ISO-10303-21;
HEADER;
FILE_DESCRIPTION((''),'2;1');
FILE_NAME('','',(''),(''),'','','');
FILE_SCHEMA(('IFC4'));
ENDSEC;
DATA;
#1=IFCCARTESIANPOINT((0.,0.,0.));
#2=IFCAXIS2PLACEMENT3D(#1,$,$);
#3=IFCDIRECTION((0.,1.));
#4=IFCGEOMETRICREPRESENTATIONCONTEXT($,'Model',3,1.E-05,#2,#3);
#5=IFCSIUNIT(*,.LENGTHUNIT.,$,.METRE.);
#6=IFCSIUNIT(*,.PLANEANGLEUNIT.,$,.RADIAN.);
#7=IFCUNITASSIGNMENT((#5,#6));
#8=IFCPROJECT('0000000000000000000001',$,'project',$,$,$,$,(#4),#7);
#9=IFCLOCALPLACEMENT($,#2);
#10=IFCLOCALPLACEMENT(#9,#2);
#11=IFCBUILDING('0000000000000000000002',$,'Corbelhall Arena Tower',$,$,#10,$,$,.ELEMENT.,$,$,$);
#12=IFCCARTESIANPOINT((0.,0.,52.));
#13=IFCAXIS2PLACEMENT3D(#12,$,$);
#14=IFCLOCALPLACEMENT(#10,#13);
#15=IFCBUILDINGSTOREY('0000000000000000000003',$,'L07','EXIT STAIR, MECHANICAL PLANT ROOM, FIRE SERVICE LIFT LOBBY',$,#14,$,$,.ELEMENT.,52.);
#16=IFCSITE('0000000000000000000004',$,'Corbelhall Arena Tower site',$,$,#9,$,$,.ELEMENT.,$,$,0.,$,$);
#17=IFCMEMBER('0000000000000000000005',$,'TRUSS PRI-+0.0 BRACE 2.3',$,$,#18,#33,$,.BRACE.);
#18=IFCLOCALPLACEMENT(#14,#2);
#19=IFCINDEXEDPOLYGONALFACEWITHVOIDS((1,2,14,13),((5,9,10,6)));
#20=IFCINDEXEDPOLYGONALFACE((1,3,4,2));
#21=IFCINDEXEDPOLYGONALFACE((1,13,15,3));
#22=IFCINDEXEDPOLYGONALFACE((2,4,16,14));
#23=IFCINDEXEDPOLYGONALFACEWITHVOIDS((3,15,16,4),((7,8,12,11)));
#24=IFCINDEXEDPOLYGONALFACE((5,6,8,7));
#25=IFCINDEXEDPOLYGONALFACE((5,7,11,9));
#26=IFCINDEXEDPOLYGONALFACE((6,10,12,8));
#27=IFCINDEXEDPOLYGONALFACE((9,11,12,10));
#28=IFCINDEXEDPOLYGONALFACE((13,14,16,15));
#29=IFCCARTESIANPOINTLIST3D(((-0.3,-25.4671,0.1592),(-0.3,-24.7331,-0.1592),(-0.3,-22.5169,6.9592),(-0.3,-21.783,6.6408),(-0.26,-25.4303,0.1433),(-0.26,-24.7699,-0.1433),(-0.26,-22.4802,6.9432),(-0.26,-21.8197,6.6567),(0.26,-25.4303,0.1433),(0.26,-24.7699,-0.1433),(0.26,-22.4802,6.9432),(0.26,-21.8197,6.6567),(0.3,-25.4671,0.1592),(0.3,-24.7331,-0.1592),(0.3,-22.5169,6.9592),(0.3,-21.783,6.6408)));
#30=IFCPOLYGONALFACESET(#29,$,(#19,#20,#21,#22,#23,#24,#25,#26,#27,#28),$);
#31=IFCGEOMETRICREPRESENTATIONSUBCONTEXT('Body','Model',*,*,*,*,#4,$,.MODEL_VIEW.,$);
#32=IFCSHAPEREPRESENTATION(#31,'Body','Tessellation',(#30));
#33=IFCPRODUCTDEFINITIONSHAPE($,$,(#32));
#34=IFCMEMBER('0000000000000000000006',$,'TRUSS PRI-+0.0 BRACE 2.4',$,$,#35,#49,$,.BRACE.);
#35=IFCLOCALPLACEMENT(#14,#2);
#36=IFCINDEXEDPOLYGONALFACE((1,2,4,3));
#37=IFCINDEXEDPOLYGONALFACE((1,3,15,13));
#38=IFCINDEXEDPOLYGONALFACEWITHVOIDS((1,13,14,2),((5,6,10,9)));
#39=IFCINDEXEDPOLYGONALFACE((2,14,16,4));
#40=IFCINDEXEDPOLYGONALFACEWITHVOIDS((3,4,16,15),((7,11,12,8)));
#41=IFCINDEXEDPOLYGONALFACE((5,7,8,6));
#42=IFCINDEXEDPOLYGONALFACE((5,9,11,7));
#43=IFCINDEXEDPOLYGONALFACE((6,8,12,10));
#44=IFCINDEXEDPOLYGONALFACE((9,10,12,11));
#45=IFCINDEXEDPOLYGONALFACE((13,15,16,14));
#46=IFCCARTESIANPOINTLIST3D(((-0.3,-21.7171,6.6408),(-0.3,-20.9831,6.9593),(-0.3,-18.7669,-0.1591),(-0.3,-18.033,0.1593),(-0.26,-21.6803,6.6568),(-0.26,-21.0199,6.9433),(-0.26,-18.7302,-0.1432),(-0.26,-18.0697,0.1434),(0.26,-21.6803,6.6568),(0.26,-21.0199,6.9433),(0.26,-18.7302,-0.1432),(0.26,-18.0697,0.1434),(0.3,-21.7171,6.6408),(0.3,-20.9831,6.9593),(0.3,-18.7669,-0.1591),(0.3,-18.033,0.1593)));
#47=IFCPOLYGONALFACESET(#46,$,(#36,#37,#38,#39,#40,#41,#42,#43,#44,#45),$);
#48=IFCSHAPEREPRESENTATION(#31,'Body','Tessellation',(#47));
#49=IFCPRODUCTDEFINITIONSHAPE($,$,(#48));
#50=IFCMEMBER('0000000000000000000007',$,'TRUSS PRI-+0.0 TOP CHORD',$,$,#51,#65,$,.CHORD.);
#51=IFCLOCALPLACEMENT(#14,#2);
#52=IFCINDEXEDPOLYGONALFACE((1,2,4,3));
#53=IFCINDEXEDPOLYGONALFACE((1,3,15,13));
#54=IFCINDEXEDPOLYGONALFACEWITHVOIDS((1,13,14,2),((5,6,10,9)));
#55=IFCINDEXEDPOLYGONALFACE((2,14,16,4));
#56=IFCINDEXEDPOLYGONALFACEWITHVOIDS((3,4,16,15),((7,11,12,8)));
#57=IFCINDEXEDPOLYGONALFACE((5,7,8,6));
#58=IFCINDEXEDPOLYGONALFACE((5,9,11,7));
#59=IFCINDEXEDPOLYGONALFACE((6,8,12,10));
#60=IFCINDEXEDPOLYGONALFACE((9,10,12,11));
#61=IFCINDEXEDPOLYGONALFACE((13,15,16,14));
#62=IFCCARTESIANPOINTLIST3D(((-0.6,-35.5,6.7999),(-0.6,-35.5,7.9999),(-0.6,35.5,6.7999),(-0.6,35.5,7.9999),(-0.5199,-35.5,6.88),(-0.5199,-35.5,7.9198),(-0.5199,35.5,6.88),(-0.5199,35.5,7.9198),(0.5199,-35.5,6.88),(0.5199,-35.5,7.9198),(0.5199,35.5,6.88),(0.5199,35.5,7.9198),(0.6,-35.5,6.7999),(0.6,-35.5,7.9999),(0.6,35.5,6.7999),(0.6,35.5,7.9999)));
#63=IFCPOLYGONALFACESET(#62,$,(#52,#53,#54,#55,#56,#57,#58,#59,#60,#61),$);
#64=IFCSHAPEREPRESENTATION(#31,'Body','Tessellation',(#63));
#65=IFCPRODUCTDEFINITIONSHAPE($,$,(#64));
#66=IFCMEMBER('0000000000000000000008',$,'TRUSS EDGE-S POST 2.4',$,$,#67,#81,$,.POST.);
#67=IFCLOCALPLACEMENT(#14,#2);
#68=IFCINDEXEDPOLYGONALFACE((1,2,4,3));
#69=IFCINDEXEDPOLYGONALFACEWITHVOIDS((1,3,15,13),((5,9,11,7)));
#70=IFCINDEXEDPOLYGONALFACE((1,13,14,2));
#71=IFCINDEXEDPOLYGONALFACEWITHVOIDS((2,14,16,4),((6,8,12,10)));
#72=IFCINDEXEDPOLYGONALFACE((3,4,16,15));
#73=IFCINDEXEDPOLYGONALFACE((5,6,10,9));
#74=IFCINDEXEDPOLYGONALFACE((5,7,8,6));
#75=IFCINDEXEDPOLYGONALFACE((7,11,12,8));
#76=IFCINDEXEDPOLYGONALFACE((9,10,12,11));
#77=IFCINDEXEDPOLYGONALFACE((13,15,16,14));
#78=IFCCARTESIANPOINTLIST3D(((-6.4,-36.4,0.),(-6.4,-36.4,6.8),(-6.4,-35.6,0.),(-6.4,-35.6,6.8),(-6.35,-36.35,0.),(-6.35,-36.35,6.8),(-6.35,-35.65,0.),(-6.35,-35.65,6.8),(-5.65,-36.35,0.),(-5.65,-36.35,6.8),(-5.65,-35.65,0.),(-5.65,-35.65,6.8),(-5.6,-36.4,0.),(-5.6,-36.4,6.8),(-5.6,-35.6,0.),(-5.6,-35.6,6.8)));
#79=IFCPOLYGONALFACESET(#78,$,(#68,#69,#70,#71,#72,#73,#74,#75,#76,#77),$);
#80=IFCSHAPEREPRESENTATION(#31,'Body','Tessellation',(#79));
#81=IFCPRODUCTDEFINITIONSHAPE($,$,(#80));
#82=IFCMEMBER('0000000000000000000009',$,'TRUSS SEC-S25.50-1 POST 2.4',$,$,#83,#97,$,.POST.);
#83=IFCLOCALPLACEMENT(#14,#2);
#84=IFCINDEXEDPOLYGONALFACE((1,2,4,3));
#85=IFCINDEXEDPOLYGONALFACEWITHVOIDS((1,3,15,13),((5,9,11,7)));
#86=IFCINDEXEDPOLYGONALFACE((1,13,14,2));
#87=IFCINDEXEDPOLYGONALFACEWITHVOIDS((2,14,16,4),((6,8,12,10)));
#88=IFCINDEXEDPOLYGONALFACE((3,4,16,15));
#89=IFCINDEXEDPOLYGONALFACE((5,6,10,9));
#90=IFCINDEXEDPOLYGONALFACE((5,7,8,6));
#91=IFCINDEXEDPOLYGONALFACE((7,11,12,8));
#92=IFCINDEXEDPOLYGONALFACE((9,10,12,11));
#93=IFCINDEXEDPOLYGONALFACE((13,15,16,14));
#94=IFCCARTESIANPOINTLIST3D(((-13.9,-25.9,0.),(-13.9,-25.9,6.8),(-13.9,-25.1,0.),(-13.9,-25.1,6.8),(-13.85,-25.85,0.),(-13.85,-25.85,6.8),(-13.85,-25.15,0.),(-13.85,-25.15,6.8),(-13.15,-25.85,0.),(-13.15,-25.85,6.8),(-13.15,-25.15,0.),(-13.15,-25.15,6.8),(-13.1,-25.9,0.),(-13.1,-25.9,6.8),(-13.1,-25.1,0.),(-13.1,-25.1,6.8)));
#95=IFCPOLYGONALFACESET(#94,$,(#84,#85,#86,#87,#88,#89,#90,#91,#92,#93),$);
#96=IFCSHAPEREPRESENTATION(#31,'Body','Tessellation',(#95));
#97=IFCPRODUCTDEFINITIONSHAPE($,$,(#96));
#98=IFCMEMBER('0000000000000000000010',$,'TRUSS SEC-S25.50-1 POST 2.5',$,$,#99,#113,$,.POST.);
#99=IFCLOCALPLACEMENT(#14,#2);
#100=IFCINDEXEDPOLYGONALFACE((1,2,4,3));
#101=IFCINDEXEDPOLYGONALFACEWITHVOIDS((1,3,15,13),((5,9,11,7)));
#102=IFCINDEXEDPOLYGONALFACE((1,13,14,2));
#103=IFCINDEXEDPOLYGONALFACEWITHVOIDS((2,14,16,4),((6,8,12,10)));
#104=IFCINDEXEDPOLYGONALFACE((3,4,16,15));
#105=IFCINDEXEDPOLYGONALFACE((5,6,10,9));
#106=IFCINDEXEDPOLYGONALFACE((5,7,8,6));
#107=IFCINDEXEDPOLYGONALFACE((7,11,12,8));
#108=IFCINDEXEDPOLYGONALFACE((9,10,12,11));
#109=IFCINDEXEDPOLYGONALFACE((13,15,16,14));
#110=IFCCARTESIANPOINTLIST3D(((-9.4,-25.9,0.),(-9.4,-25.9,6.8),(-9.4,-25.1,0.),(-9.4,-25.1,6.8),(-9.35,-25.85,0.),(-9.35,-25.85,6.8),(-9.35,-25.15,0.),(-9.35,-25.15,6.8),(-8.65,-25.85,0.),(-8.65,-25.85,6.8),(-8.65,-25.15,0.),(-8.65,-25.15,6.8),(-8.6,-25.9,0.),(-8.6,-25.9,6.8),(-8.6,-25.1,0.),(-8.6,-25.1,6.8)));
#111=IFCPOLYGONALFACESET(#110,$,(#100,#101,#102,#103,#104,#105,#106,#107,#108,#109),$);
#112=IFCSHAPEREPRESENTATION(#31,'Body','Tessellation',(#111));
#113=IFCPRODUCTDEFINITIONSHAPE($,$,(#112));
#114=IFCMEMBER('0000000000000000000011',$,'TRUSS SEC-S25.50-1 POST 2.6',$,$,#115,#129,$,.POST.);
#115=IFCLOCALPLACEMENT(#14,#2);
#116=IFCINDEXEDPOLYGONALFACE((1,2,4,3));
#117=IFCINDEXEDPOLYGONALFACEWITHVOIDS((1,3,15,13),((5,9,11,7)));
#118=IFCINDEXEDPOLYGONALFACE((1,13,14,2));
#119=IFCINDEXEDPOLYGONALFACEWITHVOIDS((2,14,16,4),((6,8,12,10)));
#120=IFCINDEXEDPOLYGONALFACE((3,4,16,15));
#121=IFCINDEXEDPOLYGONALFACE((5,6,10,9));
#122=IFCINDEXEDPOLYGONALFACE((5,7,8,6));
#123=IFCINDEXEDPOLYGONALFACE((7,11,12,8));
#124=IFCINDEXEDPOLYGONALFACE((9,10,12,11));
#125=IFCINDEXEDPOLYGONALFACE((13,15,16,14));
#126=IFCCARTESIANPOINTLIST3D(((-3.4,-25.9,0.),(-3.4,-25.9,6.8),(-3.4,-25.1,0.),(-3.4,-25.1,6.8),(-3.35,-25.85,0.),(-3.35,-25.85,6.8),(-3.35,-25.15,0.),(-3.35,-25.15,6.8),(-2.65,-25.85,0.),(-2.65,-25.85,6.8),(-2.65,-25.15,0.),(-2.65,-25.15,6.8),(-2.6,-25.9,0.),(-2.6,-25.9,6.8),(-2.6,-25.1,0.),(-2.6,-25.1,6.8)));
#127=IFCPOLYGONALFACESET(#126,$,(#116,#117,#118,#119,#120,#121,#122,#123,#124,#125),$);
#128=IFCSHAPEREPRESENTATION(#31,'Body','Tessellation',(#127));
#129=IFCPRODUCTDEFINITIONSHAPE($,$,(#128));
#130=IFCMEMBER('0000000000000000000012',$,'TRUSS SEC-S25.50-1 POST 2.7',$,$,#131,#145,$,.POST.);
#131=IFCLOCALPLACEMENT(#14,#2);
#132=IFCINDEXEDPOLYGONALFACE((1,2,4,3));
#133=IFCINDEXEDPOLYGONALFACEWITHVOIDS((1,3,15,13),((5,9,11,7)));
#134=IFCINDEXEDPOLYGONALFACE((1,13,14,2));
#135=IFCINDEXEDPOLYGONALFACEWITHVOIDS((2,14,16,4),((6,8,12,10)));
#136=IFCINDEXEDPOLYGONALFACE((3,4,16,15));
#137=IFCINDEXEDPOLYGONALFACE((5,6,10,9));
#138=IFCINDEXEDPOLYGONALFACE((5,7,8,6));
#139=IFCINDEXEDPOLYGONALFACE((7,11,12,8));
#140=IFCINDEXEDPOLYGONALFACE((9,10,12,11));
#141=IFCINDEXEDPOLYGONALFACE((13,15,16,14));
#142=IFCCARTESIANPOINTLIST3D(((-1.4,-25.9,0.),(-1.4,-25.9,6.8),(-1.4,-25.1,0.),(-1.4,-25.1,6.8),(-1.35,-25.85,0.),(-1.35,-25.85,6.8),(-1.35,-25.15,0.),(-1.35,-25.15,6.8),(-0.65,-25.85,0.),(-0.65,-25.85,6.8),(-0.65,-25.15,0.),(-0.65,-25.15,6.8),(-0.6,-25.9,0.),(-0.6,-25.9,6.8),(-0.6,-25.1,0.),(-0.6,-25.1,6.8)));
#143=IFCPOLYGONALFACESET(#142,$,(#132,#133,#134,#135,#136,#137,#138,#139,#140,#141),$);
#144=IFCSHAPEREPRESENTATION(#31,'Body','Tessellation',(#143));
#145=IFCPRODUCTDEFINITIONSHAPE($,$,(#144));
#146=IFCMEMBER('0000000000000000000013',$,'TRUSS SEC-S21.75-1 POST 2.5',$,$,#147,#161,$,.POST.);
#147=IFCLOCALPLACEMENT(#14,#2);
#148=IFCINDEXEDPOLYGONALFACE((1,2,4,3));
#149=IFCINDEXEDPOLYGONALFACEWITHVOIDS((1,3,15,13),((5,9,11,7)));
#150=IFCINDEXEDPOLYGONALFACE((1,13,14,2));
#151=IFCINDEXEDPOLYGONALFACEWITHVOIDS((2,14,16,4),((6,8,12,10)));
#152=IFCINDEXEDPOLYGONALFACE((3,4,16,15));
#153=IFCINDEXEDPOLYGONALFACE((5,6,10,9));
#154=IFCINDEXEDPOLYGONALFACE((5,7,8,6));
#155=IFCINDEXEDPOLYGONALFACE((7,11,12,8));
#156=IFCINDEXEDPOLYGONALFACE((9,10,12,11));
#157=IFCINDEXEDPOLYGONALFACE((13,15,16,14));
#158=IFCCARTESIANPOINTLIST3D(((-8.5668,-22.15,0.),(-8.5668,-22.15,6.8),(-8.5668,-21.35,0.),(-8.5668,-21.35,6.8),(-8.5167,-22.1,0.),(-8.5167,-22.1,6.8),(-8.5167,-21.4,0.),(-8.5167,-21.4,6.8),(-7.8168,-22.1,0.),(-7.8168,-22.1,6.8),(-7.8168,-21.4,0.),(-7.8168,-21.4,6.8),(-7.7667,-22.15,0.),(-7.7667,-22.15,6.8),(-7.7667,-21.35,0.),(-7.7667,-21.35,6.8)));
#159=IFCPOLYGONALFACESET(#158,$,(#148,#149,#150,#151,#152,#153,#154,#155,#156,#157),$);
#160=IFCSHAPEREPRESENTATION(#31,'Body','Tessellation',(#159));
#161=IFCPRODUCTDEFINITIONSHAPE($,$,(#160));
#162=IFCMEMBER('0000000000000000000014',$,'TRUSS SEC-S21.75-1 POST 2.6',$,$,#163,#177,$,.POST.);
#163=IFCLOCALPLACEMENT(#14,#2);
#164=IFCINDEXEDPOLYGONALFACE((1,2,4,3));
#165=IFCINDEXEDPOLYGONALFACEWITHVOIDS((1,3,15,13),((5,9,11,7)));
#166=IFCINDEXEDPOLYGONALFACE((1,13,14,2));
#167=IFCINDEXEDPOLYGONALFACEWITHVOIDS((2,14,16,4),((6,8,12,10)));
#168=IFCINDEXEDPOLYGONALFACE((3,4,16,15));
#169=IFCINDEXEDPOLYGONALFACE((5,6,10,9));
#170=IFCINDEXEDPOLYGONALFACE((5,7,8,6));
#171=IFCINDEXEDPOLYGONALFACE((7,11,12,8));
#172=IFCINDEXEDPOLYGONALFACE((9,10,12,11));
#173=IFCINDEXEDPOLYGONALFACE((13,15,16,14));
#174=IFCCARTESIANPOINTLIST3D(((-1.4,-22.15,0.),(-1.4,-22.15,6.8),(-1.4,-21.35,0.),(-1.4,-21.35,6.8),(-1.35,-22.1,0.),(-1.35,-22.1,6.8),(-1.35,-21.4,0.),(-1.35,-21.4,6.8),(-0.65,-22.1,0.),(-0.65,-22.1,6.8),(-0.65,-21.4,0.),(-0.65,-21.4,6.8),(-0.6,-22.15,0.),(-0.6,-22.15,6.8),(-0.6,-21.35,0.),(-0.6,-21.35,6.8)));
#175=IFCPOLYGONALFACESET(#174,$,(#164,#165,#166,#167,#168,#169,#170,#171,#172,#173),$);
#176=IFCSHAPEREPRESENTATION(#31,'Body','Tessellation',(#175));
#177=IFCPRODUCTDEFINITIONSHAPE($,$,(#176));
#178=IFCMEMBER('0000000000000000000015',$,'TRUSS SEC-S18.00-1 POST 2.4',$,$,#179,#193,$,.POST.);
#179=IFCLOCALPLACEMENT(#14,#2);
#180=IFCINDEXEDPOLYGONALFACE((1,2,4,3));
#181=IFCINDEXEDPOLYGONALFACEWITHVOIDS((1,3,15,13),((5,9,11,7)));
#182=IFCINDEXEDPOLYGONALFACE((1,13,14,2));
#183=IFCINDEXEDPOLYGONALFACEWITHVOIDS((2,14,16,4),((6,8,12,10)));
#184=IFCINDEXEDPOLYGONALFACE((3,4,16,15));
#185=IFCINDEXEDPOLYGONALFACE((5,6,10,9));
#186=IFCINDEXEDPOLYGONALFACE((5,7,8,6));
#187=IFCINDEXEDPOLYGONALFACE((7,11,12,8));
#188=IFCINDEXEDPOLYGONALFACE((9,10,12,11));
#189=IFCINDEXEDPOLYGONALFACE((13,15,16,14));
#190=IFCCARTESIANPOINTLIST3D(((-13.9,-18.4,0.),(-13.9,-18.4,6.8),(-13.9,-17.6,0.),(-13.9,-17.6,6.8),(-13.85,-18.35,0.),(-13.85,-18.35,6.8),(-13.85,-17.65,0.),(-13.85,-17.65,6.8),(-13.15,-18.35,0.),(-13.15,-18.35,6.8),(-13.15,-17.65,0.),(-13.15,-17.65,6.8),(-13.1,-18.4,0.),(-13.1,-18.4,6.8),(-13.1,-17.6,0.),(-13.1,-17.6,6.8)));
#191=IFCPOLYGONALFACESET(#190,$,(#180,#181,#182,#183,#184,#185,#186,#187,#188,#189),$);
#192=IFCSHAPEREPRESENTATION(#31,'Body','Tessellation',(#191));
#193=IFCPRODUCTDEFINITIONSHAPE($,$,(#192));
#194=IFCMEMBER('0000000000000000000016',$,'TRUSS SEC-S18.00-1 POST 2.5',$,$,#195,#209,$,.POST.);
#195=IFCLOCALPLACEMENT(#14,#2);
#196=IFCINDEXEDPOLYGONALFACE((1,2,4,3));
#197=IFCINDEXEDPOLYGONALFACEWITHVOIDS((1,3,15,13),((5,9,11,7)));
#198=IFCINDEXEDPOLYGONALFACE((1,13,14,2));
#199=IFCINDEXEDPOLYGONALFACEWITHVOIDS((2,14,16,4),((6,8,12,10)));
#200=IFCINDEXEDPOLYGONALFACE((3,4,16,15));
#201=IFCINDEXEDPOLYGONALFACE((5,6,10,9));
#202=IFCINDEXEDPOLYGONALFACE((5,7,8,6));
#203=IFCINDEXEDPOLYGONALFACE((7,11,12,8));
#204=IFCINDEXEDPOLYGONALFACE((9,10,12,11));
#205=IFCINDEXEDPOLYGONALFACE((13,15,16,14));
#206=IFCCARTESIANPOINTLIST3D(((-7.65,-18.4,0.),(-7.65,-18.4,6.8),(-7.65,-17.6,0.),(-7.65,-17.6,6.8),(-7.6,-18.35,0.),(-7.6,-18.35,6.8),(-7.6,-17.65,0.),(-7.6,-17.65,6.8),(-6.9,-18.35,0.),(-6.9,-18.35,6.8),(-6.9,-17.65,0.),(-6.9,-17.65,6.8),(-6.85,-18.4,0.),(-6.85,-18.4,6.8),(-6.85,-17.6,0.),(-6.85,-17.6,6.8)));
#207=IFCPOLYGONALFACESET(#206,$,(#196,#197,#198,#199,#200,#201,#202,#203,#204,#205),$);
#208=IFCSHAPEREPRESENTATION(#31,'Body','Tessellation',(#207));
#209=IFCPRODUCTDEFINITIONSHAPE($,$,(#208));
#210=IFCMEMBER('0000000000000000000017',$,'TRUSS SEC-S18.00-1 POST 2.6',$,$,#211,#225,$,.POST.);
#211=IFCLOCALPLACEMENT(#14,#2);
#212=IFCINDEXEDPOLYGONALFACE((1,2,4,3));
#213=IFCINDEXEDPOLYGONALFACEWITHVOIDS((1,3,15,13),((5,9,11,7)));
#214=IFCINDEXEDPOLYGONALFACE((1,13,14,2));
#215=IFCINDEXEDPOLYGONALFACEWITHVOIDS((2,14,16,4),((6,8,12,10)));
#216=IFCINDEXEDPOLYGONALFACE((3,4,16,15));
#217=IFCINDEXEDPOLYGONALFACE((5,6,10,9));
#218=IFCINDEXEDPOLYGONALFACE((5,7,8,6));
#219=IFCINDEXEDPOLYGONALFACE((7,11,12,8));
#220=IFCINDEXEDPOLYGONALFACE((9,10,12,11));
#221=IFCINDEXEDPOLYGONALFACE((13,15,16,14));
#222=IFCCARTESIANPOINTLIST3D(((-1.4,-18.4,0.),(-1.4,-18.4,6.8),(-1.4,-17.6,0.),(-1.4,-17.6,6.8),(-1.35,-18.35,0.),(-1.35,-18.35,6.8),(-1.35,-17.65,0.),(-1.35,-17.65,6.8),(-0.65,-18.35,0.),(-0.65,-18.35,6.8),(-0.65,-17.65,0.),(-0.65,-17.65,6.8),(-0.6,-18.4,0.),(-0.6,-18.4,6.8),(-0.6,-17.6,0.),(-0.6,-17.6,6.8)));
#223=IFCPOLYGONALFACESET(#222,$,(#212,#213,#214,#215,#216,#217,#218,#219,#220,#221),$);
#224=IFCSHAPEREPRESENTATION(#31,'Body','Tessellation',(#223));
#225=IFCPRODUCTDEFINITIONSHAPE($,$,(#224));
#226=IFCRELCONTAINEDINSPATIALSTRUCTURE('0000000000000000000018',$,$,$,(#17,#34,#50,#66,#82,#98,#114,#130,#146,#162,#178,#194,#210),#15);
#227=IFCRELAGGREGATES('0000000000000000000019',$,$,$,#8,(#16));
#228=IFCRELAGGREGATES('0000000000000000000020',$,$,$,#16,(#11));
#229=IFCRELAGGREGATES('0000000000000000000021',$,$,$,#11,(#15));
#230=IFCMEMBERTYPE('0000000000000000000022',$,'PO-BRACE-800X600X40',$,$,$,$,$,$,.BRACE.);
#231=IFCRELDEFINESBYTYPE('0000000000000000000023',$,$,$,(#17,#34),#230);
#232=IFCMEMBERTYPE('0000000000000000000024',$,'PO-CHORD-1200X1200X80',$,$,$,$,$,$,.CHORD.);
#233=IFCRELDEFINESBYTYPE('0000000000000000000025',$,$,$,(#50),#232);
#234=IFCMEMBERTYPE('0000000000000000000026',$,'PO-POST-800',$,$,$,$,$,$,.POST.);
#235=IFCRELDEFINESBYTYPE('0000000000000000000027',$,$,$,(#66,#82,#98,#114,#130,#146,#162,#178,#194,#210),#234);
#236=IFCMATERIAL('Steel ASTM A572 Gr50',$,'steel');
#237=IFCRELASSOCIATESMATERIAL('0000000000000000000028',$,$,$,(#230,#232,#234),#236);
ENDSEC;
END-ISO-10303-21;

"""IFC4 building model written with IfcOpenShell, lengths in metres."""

from ifc_helpers import new_model, si_unit, direction, frame, origin, origin_2d, place, context, subcontext, project, spatial, hollow_rectangle, extrude, material, material_profile, profile_set, type_object, element, save


model = new_model("IFC4")

# Units and contexts
model_context = context("Model", 3, precision=1e-05, world=origin(), true_north=direction((0.0, 1.0)))
body_context = subcontext(model_context, "Body", "Model", "MODEL_VIEW")
ifc_project = project(units=[si_unit("LENGTHUNIT", "METRE"), si_unit("PLANEANGLEUNIT", "RADIAN")], contexts=[model_context])

# Site, building, storey
site_placement = place(None, origin())
site = spatial("IfcSite", under=ifc_project, at=site_placement, Name="Corbelhall Arena Tower site", CompositionType="ELEMENT", RefElevation=0.0)
building_placement = place(site_placement, origin())
building = spatial("IfcBuilding", under=site, at=building_placement, Name="Corbelhall Arena Tower", CompositionType="ELEMENT")
storey_placement = place(building_placement, frame((0.0, 0.0, 52.0)))
storey = spatial("IfcBuildingStorey", under=building, at=storey_placement, Name="L07", Description="EXIT STAIR, MECHANICAL PLANT ROOM, FIRE SERVICE LIFT LOBBY", CompositionType="ELEMENT", Elevation=52.0)

# Members
ifc_material_1 = material(Name="Steel ASTM A572 Gr50", Category="steel")
ifc_material_profile_1 = material_profile(ifc_material_1, hollow_rectangle(XDim=0.6001, YDim=0.8, WallThickness=0.04, at=origin_2d()))
ifc_profile_set_1 = profile_set([ifc_material_profile_1], Name="Steel ASTM A572 Gr50")
member_type_1 = type_object("IfcMemberType", Name="PO-BRACE-800X600X40", PredefinedType="BRACE", material=ifc_profile_set_1)
for number, where, z_axis, x_axis, name in (
    (1, (0.0, -25.1001, 0.0), (0.0, 0.398006, 0.917383), (-1.0, 0.0, 0.0), "TRUSS PRI-+0.0 BRACE 2.3"),
    (2, (0.0, -21.3501, 6.8), (0.0, 0.398006, -0.917383), (-1.0, 0.0, 0.0), "TRUSS PRI-+0.0 BRACE 2.4"),
):
    element("IfcMember", number, at=place(storey_placement, frame(where, z_axis=z_axis, x_axis=x_axis)), inside=storey, type_object=member_type_1, Name=name, PredefinedType="BRACE", context=body_context, shape_type="SweptSolid", body=[
        extrude(hollow_rectangle(XDim=0.6001, YDim=0.8, WallThickness=0.04, at=origin_2d()), origin(), (0.0, 0.0, 1.0), 7.4124),
    ])
ifc_material_profile_2 = material_profile(ifc_material_1, hollow_rectangle(XDim=1.2, YDim=1.2, WallThickness=0.0801, at=origin_2d()))
ifc_profile_set_2 = profile_set([ifc_material_profile_2], Name="Steel ASTM A572 Gr50")
member_type_2 = type_object("IfcMemberType", Name="PO-CHORD-1200X1200X80", PredefinedType="CHORD", material=ifc_profile_set_2)
member_1_placement = place(storey_placement, frame((0.0, -35.5, 7.3999), z_axis=(0.0, 1.0, 0.0), x_axis=(-1.0, 0.0, 0.0)))
element("IfcMember", 3, at=member_1_placement, inside=storey, type_object=member_type_2, Name="TRUSS PRI-+0.0 TOP CHORD", PredefinedType="CHORD", context=body_context, shape_type="SweptSolid", body=[
    extrude(hollow_rectangle(XDim=1.2, YDim=1.2, WallThickness=0.0801, at=origin_2d()), origin(), (0.0, 0.0, 1.0), 71.0),
])
ifc_material_profile_3 = material_profile(ifc_material_1, hollow_rectangle(XDim=0.8, YDim=0.8, WallThickness=0.05, at=origin_2d()))
ifc_profile_set_3 = profile_set([ifc_material_profile_3], Name="Steel ASTM A572 Gr50")
member_type_3 = type_object("IfcMemberType", Name="PO-POST-800", PredefinedType="POST", material=ifc_profile_set_3)
for number, where, z_axis, x_axis, name in (
    (4, (-6.0, -36.0, 0.0), (0.0, 0.0, 1.0), (1.0, 0.0, 0.0), "TRUSS EDGE-S POST 2.4"),
    (5, (-13.5, -25.5, 0.0), (0.0, 0.0, 1.0), (1.0, 0.0, 0.0), "TRUSS SEC-S25.50-1 POST 2.4"),
    (6, (-9.0, -25.5, 0.0), (0.0, 0.0, 1.0), (1.0, 0.0, 0.0), "TRUSS SEC-S25.50-1 POST 2.5"),
    (7, (-3.0, -25.5, 0.0), (0.0, 0.0, 1.0), (1.0, 0.0, 0.0), "TRUSS SEC-S25.50-1 POST 2.6"),
    (8, (-1.0, -25.5, 0.0), (0.0, 0.0, 1.0), (1.0, 0.0, 0.0), "TRUSS SEC-S25.50-1 POST 2.7"),
    (9, (-8.1667, -21.75, 0.0), (0.0, 0.0, 1.0), (1.0, 0.0, 0.0), "TRUSS SEC-S21.75-1 POST 2.5"),
    (10, (-1.0, -21.75, 0.0), (0.0, 0.0, 1.0), (1.0, 0.0, 0.0), "TRUSS SEC-S21.75-1 POST 2.6"),
    (11, (-13.5, -18.0, 0.0), (0.0, 0.0, 1.0), (1.0, 0.0, 0.0), "TRUSS SEC-S18.00-1 POST 2.4"),
    (12, (-7.25, -18.0, 0.0), (0.0, 0.0, 1.0), (1.0, 0.0, 0.0), "TRUSS SEC-S18.00-1 POST 2.5"),
    (13, (-1.0, -18.0, 0.0), (0.0, 0.0, 1.0), (1.0, 0.0, 0.0), "TRUSS SEC-S18.00-1 POST 2.6"),
):
    element("IfcMember", number, at=place(storey_placement, frame(where, z_axis=z_axis, x_axis=x_axis)), inside=storey, type_object=member_type_3, Name=name, PredefinedType="POST", context=body_context, shape_type="SweptSolid", body=[
        extrude(hollow_rectangle(XDim=0.8, YDim=0.8, WallThickness=0.05, at=origin_2d()), origin(), (0.0, 0.0, 1.0), 6.8),
    ])

save(model, "model.ifc")
